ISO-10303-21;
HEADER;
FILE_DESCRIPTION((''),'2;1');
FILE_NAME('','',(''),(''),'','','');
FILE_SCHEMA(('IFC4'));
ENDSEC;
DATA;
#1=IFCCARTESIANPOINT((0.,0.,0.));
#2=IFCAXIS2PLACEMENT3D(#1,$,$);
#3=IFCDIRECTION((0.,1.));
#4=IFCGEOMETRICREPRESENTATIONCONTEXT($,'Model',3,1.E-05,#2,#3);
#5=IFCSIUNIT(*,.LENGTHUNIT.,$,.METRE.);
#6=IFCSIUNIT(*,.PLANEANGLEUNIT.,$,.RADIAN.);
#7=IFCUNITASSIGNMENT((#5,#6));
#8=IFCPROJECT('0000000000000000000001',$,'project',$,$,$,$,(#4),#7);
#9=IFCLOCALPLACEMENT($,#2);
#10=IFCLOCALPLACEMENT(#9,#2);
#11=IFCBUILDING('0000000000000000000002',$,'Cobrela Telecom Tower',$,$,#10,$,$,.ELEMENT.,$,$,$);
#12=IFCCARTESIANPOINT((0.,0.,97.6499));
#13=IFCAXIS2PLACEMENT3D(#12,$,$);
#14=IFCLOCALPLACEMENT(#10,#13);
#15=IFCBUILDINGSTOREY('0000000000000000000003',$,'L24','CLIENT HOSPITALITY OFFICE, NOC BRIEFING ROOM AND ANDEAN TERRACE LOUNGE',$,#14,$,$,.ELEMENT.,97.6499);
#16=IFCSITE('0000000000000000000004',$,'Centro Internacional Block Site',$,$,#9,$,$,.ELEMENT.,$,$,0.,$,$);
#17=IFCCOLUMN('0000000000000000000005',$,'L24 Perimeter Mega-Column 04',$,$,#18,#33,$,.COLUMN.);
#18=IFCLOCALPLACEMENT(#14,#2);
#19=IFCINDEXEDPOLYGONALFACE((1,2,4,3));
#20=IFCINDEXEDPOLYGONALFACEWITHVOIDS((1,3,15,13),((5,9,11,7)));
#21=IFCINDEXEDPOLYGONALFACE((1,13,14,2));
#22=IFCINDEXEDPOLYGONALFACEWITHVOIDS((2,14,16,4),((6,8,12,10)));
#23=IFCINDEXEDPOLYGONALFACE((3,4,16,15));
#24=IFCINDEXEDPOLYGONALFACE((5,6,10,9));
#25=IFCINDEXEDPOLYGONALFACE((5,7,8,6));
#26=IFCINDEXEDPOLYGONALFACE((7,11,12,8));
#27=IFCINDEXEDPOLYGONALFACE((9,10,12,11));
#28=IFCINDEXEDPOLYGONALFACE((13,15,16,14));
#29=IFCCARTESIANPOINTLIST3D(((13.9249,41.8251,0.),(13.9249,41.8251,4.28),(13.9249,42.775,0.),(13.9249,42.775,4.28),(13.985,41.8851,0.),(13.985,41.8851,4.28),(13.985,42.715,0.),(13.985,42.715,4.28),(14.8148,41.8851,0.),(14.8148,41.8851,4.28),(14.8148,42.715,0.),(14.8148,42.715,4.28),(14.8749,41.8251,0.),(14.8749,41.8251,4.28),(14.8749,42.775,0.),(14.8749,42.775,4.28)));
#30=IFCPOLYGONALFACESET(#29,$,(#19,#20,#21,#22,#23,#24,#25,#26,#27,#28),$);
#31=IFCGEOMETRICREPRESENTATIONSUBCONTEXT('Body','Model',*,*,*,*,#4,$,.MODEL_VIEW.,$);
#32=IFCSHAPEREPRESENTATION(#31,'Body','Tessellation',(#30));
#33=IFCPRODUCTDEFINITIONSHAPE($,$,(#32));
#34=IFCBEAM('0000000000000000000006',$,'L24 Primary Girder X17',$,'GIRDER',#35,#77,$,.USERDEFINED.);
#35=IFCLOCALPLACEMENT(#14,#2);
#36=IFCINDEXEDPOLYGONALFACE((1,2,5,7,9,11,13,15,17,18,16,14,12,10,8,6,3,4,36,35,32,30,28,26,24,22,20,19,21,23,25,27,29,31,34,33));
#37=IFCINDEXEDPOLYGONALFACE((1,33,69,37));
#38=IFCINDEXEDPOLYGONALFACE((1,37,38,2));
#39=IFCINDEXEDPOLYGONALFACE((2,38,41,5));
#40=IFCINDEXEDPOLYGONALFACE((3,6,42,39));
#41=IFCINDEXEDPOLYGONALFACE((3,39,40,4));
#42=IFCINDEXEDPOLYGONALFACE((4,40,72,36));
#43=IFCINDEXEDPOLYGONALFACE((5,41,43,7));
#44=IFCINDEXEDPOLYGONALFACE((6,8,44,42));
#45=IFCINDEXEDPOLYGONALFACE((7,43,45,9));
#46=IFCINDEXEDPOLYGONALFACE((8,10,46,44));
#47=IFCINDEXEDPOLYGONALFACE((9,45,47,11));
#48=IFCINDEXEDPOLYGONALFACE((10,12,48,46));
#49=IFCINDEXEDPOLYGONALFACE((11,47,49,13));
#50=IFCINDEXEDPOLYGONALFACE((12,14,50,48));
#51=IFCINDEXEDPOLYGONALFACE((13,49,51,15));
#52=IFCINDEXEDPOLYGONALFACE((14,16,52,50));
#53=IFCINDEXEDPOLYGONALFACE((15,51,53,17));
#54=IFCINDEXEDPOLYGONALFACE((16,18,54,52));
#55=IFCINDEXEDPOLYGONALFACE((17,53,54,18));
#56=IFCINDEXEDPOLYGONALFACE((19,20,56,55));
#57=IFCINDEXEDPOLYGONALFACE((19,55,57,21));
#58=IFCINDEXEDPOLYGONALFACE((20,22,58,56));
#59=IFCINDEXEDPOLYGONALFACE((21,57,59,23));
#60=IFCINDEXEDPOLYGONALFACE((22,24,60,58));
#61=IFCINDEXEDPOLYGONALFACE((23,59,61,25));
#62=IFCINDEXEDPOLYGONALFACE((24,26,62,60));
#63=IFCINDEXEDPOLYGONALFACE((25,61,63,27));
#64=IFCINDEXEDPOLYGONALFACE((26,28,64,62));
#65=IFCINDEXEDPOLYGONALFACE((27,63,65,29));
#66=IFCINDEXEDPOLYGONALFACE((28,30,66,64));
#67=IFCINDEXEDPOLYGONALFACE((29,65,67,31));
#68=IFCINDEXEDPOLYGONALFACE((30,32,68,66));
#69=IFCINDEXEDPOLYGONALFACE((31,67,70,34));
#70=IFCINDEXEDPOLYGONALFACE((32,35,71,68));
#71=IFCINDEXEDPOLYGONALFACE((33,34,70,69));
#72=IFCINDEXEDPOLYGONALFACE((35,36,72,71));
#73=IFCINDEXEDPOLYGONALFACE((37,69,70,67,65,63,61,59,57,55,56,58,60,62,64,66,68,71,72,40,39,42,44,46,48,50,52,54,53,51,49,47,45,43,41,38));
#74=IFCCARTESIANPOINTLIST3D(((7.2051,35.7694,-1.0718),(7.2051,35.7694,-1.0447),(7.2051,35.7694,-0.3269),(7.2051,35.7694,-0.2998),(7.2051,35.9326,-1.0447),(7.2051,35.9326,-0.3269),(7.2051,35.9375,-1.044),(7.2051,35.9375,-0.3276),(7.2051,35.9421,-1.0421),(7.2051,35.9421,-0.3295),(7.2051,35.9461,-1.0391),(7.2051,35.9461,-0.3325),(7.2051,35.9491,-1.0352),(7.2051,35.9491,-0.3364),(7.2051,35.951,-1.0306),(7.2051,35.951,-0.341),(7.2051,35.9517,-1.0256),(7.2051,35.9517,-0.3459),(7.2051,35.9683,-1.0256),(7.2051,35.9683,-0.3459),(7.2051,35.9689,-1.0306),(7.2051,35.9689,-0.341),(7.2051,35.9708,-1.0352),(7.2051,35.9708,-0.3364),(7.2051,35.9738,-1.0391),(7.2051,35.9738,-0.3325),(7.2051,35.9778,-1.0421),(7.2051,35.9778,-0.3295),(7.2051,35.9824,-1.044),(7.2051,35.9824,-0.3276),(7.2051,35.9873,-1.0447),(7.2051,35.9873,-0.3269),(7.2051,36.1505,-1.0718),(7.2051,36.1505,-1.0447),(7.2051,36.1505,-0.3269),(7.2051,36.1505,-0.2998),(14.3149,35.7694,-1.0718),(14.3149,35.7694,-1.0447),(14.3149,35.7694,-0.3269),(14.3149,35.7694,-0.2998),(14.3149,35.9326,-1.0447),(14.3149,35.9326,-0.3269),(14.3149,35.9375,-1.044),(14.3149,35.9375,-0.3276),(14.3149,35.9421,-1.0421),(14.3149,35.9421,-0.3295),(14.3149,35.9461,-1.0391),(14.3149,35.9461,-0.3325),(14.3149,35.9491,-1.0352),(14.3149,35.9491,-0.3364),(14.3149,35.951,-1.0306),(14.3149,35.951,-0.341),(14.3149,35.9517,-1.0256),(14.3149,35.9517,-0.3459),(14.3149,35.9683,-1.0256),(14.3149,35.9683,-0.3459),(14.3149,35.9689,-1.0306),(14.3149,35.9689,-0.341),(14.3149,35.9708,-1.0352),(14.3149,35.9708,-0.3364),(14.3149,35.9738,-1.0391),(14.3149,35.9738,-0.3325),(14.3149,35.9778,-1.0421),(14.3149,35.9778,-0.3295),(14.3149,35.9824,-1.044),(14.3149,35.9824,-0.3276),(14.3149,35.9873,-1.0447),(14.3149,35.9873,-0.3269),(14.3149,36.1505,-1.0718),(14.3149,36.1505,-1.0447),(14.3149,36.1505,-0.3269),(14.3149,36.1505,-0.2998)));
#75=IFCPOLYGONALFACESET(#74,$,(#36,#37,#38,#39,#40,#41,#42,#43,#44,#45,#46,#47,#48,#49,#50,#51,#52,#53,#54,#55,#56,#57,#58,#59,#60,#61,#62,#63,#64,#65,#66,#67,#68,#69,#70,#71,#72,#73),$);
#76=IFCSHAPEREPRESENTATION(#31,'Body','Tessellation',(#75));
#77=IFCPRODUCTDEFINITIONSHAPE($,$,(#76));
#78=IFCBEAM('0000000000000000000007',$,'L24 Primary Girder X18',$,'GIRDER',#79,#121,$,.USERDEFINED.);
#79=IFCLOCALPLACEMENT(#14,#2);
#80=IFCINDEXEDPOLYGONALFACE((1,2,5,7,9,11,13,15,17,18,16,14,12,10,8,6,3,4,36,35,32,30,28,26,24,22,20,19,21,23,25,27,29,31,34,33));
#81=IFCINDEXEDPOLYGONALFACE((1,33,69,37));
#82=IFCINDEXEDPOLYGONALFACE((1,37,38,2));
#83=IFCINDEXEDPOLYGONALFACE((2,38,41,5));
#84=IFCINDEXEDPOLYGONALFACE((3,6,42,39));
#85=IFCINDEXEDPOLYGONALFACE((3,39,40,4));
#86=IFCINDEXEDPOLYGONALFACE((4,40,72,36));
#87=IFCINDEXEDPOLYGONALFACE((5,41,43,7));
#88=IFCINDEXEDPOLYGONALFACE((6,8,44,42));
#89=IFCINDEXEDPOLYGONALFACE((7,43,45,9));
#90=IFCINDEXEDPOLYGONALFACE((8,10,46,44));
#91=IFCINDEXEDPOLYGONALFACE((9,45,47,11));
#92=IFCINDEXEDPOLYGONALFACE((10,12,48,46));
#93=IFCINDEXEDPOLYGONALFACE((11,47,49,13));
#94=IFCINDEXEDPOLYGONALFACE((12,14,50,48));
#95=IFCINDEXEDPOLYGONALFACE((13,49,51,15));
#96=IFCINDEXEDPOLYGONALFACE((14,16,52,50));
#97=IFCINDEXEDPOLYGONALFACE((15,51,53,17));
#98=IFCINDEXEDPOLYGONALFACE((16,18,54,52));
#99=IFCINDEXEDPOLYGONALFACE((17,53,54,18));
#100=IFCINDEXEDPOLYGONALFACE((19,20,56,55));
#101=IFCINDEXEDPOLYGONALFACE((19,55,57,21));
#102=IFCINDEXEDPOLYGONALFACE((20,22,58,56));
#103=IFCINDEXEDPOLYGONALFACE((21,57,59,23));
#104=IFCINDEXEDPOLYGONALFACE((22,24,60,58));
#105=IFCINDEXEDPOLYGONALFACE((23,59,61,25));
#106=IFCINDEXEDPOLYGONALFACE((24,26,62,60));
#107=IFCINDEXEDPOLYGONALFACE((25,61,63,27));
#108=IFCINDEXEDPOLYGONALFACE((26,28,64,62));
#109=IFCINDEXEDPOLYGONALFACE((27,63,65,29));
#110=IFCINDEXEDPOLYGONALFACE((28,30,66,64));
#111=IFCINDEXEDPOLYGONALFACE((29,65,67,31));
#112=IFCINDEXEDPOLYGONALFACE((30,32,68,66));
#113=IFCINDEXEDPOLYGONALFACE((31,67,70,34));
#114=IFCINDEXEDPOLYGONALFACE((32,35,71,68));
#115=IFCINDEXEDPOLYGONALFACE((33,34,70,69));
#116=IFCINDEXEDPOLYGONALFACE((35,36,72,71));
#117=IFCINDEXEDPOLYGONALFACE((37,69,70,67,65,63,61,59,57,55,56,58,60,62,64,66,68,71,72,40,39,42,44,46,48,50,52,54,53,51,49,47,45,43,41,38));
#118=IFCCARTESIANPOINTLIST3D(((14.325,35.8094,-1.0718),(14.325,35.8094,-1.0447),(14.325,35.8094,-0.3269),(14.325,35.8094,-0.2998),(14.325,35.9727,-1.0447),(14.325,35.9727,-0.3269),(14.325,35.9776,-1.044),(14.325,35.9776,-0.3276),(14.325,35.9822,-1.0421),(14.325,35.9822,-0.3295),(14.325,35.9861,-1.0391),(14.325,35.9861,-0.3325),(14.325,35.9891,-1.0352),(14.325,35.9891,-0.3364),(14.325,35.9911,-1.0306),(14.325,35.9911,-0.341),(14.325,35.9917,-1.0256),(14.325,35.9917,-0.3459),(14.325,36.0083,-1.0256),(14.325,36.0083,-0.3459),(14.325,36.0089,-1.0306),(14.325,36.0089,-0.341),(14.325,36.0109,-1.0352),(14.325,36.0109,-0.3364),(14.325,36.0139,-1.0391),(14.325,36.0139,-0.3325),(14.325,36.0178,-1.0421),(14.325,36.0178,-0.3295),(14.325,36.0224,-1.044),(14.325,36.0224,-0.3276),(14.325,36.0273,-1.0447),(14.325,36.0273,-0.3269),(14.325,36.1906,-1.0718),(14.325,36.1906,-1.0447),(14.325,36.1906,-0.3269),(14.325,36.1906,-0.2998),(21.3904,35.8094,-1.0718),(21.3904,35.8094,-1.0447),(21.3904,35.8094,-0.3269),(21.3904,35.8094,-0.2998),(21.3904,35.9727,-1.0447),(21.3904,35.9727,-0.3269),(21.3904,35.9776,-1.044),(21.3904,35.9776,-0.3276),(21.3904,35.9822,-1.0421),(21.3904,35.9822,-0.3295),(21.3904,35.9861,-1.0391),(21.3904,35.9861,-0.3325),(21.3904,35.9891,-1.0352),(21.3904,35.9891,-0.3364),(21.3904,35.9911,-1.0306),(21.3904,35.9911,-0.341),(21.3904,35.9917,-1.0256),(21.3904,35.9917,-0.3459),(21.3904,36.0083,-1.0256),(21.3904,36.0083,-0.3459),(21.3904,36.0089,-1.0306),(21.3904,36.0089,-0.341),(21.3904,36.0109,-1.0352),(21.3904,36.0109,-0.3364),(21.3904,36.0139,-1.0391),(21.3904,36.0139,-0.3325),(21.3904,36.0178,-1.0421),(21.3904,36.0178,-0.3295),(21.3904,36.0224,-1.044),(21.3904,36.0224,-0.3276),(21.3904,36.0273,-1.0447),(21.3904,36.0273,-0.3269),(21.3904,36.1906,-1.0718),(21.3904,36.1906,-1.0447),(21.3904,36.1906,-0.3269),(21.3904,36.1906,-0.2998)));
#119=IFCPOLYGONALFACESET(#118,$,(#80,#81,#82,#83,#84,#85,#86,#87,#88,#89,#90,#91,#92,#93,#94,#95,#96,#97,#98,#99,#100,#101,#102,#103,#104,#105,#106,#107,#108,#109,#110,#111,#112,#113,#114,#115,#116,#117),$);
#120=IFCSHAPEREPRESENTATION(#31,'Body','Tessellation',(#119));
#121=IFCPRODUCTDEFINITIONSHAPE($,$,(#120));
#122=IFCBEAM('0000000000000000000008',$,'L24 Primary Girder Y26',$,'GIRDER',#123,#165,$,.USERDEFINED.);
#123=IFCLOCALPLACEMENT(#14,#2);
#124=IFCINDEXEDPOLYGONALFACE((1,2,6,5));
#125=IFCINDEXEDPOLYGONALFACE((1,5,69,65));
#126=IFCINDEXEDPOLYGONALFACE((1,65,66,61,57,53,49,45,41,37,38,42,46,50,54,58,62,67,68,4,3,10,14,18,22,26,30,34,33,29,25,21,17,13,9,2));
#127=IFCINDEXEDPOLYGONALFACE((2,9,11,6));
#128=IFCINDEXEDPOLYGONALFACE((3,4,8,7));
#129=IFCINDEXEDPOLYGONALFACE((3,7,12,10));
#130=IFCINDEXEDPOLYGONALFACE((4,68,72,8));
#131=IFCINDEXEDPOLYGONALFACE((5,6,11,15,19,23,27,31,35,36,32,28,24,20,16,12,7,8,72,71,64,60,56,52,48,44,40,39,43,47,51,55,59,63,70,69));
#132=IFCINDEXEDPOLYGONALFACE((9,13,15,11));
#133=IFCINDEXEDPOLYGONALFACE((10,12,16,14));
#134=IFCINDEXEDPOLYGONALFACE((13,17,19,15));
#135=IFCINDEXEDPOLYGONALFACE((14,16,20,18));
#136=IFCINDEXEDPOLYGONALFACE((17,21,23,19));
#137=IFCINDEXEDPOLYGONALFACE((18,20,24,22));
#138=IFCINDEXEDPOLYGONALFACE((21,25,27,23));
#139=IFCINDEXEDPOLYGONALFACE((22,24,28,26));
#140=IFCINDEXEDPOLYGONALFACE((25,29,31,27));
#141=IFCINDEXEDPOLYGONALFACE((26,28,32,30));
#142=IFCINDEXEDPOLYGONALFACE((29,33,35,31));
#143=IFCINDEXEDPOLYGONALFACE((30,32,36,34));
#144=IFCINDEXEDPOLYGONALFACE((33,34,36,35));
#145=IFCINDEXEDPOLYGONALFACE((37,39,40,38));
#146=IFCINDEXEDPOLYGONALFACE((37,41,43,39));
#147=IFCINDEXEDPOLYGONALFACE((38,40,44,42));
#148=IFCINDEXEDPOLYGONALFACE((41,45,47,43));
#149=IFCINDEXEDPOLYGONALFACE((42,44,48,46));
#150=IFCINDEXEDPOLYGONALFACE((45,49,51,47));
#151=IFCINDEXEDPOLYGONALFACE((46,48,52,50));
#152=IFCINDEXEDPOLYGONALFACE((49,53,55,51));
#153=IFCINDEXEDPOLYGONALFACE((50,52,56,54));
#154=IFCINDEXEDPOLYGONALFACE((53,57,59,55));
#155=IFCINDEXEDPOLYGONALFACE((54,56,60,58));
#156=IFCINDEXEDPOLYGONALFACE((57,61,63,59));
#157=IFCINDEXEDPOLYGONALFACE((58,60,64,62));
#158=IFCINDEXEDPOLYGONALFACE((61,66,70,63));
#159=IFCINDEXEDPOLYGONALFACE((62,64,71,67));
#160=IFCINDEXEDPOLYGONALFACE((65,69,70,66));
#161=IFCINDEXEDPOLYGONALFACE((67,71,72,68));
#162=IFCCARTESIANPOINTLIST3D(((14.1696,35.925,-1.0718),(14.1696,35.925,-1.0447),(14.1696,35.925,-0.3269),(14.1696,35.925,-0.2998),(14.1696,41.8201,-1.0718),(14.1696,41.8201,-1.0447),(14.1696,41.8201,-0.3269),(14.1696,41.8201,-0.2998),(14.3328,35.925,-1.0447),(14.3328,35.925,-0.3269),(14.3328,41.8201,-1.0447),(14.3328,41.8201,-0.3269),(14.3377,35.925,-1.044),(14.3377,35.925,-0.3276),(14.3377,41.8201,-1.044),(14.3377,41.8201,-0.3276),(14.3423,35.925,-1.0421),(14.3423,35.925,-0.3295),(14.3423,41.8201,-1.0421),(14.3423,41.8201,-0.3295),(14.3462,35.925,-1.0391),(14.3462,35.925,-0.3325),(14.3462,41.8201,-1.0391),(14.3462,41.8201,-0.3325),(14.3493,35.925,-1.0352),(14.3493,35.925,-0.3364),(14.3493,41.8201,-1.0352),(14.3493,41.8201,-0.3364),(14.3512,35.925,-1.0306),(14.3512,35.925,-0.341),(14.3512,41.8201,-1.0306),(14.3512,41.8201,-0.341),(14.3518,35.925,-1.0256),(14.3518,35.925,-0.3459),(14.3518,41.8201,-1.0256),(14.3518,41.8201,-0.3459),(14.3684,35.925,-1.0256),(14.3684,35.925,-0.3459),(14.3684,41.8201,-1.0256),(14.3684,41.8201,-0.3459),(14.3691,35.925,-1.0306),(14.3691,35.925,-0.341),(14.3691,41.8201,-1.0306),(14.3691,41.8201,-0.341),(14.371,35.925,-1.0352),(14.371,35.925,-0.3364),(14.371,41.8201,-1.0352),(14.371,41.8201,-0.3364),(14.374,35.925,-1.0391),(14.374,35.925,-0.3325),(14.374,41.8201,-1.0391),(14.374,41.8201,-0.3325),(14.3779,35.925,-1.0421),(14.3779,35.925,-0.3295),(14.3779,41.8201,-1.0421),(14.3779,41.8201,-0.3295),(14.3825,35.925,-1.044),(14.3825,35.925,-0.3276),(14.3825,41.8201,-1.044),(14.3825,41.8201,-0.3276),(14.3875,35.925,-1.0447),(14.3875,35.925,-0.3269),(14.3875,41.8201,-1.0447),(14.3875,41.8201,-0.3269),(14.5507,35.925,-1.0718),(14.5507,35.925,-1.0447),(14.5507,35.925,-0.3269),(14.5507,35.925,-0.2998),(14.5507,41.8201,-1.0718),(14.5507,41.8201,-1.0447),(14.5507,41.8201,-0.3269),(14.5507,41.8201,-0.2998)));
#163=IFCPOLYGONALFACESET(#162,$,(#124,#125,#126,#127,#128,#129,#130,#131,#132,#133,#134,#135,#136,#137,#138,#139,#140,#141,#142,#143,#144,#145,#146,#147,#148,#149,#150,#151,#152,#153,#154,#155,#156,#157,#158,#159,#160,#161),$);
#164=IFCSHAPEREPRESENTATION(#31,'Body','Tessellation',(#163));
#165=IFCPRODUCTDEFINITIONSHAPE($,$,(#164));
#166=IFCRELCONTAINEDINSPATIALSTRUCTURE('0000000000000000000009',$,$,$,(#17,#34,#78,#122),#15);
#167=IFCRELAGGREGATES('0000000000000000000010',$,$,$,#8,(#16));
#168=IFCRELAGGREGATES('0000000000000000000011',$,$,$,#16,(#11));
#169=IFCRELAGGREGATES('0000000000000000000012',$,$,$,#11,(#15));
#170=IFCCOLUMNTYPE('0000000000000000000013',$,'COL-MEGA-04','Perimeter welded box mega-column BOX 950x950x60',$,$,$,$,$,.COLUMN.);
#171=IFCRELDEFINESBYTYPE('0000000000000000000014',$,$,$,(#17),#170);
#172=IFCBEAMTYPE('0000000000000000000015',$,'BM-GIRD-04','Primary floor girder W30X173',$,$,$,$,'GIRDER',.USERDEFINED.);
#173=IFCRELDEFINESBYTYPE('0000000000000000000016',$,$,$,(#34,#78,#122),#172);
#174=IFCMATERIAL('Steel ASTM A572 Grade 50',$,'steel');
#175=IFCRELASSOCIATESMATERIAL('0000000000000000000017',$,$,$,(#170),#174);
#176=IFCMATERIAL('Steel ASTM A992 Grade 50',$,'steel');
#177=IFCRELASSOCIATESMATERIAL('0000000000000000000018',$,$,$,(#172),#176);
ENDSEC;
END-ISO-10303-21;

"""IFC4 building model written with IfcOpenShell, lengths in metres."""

from ifc_helpers import new_model, si_unit, direction, frame, origin, origin_2d, place, context, subcontext, project, spatial, hollow_rectangle, i_section, extrude, material, material_profile, profile_set, type_object, element, save


model = new_model("IFC4")

# Units and contexts
model_context = context("Model", 3, precision=1e-05, world=origin(), true_north=direction((0.0, 1.0)))
body_context = subcontext(model_context, "Body", "Model", "MODEL_VIEW")
ifc_project = project(units=[si_unit("LENGTHUNIT", "METRE"), si_unit("PLANEANGLEUNIT", "RADIAN")], contexts=[model_context])

# Site, building, storey
site_placement = place(None, origin())
site = spatial("IfcSite", under=ifc_project, at=site_placement, Name="Centro Internacional Block Site", CompositionType="ELEMENT", RefElevation=0.0)
building_placement = place(site_placement, origin())
building = spatial("IfcBuilding", under=site, at=building_placement, Name="Cobrela Telecom Tower", CompositionType="ELEMENT")
storey_placement = place(building_placement, frame((0.0, 0.0, 97.6499)))
storey = spatial("IfcBuildingStorey", under=building, at=storey_placement, Name="L24", Description="CLIENT HOSPITALITY OFFICE, NOC BRIEFING ROOM AND ANDEAN TERRACE LOUNGE", CompositionType="ELEMENT", Elevation=97.6499)

# Column
ifc_material_1 = material(Name="Steel ASTM A572 Grade 50", Category="steel")
ifc_material_profile_1 = material_profile(ifc_material_1, hollow_rectangle(XDim=0.95, YDim=0.95, WallThickness=0.0601, at=origin_2d()), Name="BOX 950x950x60")
ifc_profile_set_1 = profile_set([ifc_material_profile_1], Name="Steel ASTM A572 Grade 50")
column_type = type_object("IfcColumnType", Name="COL-MEGA-04", Description="Perimeter welded box mega-column BOX 950x950x60", PredefinedType="COLUMN", material=ifc_profile_set_1)
column_placement = place(storey_placement, frame((14.3999, 42.3, 0.0), z_axis=(0.0, 0.0, 1.0), x_axis=(1.0, 0.0, 0.0)))
element("IfcColumn", 1, at=column_placement, inside=storey, type_object=column_type, Name="L24 Perimeter Mega-Column 04", PredefinedType="COLUMN", context=body_context, shape_type="SweptSolid", body=[
    extrude(hollow_rectangle(XDim=0.95, YDim=0.95, WallThickness=0.0601, at=origin_2d()), origin(), (0.0, 0.0, 1.0), 4.28),
])

# Beams
ifc_material_2 = material(Name="Steel ASTM A992 Grade 50", Category="steel")
ifc_material_profile_2 = material_profile(ifc_material_2, i_section(OverallWidth=0.3811, OverallDepth=0.772, WebThickness=0.0166, FlangeThickness=0.0271, FilletRadius=0.019, at=origin_2d()), Name="W30X173")
ifc_profile_set_2 = profile_set([ifc_material_profile_2], Name="Steel ASTM A992 Grade 50")
beam_type_1 = type_object("IfcBeamType", Name="BM-GIRD-04", Description="Primary floor girder W30X173", ElementType="GIRDER", PredefinedType="USERDEFINED", material=ifc_profile_set_2)
beam_1_placement = place(storey_placement, frame((7.2051, 35.96, -0.6858), z_axis=(1.0, 0.0, 0.0), x_axis=(0.0, 1.0, 0.0)))
element("IfcBeam", 2, at=beam_1_placement, inside=storey, type_object=beam_type_1, Name="L24 Primary Girder X17", ObjectType="GIRDER", PredefinedType="USERDEFINED", context=body_context, shape_type="SweptSolid", body=[
    extrude(i_section(OverallWidth=0.3811, OverallDepth=0.772, WebThickness=0.0166, FlangeThickness=0.0271, FilletRadius=0.019, at=origin_2d()), origin(), (0.0, 0.0, 1.0), 7.1099),
])
beam_2_placement = place(storey_placement, frame((14.325, 36.0, -0.6858), z_axis=(1.0, 0.0, 0.0), x_axis=(0.0, 1.0, 0.0)))
element("IfcBeam", 3, at=beam_2_placement, inside=storey, type_object=beam_type_1, Name="L24 Primary Girder X18", ObjectType="GIRDER", PredefinedType="USERDEFINED", context=body_context, shape_type="SweptSolid", body=[
    extrude(i_section(OverallWidth=0.3811, OverallDepth=0.772, WebThickness=0.0166, FlangeThickness=0.0271, FilletRadius=0.019, at=origin_2d()), origin(), (0.0, 0.0, 1.0), 7.0654),
])
beam_3_placement = place(storey_placement, frame((14.3601, 35.925, -0.6858), z_axis=(0.0, 1.0, 0.0), x_axis=(-1.0, 0.0, 0.0)))
element("IfcBeam", 4, at=beam_3_placement, inside=storey, type_object=beam_type_1, Name="L24 Primary Girder Y26", ObjectType="GIRDER", PredefinedType="USERDEFINED", context=body_context, shape_type="SweptSolid", body=[
    extrude(i_section(OverallWidth=0.3811, OverallDepth=0.772, WebThickness=0.0166, FlangeThickness=0.0271, FilletRadius=0.019, at=origin_2d()), origin(), (0.0, 0.0, 1.0), 5.895),
])

save(model, "model.ifc")
